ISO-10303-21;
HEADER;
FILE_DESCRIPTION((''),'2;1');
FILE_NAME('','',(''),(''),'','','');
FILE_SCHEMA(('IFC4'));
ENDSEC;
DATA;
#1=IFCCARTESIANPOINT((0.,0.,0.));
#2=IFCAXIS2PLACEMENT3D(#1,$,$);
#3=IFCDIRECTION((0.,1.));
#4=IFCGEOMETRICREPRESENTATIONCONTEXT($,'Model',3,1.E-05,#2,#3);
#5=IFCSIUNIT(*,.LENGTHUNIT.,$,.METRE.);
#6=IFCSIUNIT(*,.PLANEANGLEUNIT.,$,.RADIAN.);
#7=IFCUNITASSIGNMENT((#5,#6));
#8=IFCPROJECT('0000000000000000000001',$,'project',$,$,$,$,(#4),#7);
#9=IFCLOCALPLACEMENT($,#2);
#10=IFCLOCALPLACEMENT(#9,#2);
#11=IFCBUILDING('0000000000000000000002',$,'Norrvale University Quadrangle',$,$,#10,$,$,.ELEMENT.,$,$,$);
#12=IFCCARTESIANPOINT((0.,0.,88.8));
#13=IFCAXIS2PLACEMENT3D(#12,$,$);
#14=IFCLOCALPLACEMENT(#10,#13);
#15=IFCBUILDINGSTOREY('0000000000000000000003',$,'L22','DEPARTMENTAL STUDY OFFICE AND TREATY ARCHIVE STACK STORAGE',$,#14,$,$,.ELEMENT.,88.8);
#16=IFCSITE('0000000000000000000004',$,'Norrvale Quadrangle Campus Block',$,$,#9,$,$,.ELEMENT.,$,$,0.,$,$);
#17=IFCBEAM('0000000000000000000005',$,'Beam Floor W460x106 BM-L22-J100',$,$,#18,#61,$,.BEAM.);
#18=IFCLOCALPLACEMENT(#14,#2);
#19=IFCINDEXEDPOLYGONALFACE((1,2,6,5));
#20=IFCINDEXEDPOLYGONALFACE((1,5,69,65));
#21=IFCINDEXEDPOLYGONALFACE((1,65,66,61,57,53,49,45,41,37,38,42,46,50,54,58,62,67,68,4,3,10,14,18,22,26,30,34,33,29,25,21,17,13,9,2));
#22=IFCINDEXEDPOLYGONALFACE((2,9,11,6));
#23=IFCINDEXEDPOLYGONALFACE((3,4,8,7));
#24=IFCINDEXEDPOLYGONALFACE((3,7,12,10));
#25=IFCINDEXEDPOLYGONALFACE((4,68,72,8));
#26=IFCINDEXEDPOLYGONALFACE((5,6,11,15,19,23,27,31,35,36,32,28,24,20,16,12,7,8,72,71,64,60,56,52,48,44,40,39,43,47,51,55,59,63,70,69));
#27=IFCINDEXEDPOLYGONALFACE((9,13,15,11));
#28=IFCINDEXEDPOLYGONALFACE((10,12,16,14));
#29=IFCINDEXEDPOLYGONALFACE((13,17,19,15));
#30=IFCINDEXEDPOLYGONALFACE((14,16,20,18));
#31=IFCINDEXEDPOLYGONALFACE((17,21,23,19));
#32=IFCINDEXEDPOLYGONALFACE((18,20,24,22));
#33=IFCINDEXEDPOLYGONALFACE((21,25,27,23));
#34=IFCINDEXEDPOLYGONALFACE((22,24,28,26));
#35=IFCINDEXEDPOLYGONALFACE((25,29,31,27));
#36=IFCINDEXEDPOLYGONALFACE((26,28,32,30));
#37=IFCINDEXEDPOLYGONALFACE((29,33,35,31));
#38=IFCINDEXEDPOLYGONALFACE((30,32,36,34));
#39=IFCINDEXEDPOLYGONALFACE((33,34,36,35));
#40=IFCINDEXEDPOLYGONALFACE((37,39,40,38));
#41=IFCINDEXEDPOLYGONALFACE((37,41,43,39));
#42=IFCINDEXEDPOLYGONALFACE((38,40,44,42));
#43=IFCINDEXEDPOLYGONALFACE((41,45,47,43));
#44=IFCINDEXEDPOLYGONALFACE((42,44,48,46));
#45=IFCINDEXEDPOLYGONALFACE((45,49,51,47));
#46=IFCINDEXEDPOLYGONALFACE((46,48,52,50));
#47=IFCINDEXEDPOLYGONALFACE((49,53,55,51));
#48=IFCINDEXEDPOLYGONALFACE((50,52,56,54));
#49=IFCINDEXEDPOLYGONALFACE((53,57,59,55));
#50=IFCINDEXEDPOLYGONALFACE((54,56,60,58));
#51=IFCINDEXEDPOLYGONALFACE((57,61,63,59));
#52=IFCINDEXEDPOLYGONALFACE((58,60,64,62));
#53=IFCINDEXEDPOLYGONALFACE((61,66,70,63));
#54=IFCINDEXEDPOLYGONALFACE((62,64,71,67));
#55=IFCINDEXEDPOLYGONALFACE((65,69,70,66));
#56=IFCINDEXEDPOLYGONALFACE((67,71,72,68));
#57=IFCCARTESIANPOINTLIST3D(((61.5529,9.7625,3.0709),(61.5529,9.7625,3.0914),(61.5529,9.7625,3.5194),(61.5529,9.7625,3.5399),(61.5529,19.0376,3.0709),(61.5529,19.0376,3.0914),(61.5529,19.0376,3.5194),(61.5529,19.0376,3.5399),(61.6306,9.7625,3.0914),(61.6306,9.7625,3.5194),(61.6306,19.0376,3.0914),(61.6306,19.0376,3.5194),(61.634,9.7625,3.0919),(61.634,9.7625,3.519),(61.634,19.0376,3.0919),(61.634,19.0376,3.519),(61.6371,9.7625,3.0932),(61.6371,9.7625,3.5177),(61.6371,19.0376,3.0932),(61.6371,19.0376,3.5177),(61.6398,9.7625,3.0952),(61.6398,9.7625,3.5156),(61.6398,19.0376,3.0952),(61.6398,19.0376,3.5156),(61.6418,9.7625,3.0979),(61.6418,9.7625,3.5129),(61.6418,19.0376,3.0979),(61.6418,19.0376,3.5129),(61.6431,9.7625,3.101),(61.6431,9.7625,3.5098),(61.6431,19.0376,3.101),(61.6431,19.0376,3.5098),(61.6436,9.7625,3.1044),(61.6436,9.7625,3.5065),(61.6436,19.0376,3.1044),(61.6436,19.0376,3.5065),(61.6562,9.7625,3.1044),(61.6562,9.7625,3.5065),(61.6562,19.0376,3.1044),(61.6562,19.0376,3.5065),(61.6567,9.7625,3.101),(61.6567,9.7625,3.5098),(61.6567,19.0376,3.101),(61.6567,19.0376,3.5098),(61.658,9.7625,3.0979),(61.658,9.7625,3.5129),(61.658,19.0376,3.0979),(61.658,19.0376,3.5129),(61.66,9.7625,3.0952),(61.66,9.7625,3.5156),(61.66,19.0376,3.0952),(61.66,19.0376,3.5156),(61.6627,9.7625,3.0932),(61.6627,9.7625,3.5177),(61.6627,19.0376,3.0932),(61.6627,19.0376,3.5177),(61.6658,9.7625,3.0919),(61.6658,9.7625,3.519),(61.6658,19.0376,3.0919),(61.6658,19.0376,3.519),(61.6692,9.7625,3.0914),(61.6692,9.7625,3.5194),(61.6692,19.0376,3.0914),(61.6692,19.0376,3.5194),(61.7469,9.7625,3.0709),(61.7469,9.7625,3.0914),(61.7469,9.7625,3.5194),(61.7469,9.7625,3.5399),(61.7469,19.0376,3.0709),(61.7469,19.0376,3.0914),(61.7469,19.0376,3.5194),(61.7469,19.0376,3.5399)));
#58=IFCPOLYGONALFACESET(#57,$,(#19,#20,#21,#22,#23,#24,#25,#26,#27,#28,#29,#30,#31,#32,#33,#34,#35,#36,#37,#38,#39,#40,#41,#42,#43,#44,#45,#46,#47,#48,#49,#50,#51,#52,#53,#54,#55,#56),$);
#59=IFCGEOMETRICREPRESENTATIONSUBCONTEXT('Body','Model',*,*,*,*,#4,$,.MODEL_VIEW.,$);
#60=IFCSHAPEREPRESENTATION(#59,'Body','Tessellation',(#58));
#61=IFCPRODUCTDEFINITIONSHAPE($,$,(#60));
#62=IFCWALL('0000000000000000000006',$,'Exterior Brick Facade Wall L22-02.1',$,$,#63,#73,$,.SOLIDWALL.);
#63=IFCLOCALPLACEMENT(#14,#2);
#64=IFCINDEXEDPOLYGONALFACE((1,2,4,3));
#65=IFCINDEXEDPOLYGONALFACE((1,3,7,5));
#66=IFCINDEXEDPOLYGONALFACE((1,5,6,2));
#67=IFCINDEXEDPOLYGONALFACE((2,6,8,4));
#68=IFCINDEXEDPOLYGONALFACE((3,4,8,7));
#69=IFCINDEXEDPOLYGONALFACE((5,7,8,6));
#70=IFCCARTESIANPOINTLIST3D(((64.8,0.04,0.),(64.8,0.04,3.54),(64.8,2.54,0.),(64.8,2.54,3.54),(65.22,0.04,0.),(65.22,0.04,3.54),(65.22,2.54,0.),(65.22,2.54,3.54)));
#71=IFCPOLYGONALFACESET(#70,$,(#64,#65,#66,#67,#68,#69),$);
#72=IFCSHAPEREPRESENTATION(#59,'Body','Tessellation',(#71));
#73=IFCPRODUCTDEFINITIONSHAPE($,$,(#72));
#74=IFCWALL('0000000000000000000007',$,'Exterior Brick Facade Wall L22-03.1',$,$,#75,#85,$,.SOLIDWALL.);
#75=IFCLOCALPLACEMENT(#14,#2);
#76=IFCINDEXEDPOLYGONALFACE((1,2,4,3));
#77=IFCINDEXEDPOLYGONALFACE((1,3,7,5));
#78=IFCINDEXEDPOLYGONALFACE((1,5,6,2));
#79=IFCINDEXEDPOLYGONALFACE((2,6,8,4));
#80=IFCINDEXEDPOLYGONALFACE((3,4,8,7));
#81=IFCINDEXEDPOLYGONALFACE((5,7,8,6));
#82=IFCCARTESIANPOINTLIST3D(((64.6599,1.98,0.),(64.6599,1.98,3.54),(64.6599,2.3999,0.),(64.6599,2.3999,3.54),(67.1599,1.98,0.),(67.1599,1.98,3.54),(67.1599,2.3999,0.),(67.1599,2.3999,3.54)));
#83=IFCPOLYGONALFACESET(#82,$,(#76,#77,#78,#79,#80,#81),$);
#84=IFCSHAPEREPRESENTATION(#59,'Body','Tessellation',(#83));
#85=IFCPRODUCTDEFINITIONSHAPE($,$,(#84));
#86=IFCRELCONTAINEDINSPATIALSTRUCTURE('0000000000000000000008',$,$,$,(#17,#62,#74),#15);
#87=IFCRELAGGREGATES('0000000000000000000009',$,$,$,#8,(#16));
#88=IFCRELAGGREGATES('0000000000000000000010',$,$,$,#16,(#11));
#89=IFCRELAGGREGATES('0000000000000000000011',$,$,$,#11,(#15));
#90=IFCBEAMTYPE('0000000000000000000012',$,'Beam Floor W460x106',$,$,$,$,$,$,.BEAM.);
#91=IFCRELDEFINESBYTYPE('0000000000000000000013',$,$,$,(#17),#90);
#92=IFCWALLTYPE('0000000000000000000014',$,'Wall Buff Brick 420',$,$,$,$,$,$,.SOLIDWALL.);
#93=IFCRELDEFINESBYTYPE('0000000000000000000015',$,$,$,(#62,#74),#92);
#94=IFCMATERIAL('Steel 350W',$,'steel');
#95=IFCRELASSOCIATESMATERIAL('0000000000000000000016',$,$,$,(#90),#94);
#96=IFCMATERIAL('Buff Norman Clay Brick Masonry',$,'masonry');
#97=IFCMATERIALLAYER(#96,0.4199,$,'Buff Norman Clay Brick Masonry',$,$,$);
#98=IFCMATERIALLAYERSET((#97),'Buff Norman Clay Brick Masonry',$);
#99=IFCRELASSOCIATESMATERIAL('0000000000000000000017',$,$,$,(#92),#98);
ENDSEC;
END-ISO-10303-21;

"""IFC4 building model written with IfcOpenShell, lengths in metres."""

from ifc_helpers import new_model, si_unit, direction, frame, frame_2d, origin, origin_2d, place, context, subcontext, project, spatial, rectangle, i_section, extrude, material, layer, layer_set, material_profile, profile_set, type_object, element, save


model = new_model("IFC4")

# Units and contexts
model_context = context("Model", 3, precision=1e-05, world=origin(), true_north=direction((0.0, 1.0)))
body_context = subcontext(model_context, "Body", "Model", "MODEL_VIEW")
ifc_project = project(units=[si_unit("LENGTHUNIT", "METRE"), si_unit("PLANEANGLEUNIT", "RADIAN")], contexts=[model_context])

# Site, building, storey
site_placement = place(None, origin())
site = spatial("IfcSite", under=ifc_project, at=site_placement, Name="Norrvale Quadrangle Campus Block", CompositionType="ELEMENT", RefElevation=0.0)
building_placement = place(site_placement, origin())
building = spatial("IfcBuilding", under=site, at=building_placement, Name="Norrvale University Quadrangle", CompositionType="ELEMENT")
storey_placement = place(building_placement, frame((0.0, 0.0, 88.8)))
storey = spatial("IfcBuildingStorey", under=building, at=storey_placement, Name="L22", Description="DEPARTMENTAL STUDY OFFICE AND TREATY ARCHIVE STACK STORAGE", CompositionType="ELEMENT", Elevation=88.8)

# Beam
ifc_material_1 = material(Name="Steel 350W", Category="steel")
ifc_material_profile_1 = material_profile(ifc_material_1, i_section(OverallWidth=0.1941, OverallDepth=0.469, WebThickness=0.0127, FlangeThickness=0.0205, FilletRadius=0.0129, at=origin_2d()), Name="Steel 350W")
ifc_profile_set_1 = profile_set([ifc_material_profile_1], Name="Steel 350W")
beam_type_1 = type_object("IfcBeamType", Name="Beam Floor W460x106", PredefinedType="BEAM", material=ifc_profile_set_1)
for number, where, z_axis, x_axis, name in (
    (1, (61.6499, 9.7625, 3.3054), (0.0, 1.0, 0.0), (-1.0, 0.0, 0.0), "Beam Floor W460x106 BM-L22-J100"),
):
    element("IfcBeam", number, at=place(storey_placement, frame(where, z_axis=z_axis, x_axis=x_axis)), inside=storey, type_object=beam_type_1, Name=name, PredefinedType="BEAM", context=body_context, shape_type="SweptSolid", body=[
        extrude(i_section(OverallWidth=0.1941, OverallDepth=0.469, WebThickness=0.0127, FlangeThickness=0.0205, FilletRadius=0.0129, at=origin_2d()), origin(), (0.0, 0.0, 1.0), 9.2751),
    ])

# Walls
ifc_material_2 = material(Name="Buff Norman Clay Brick Masonry", Category="masonry")
ifc_layer_1 = layer(ifc_material_2, 0.4199, Name="Buff Norman Clay Brick Masonry")
ifc_layer_set_1 = layer_set([ifc_layer_1], Name="Buff Norman Clay Brick Masonry")
wall_type_1 = type_object("IfcWallType", Name="Wall Buff Brick 420", PredefinedType="SOLIDWALL", material=ifc_layer_set_1)
for number, where, z_axis, x_axis, name in (
    (2, (65.01, 0.04, 0.0), (0.0, 0.0, 1.0), (0.0, 1.0, 0.0), "Exterior Brick Facade Wall L22-02.1"),
    (3, (64.6599, 2.1899, 0.0), (0.0, 0.0, 1.0), (1.0, 0.0, 0.0), "Exterior Brick Facade Wall L22-03.1"),
):
    element("IfcWall", number, at=place(storey_placement, frame(where, z_axis=z_axis, x_axis=x_axis)), inside=storey, type_object=wall_type_1, Name=name, PredefinedType="SOLIDWALL", context=body_context, shape_type="SweptSolid", body=[
        extrude(rectangle(XDim=2.5, YDim=0.4199, at=frame_2d((1.25, 0.0))), origin(), (0.0, 0.0, 1.0), 3.54),
    ])

save(model, "model.ifc")
